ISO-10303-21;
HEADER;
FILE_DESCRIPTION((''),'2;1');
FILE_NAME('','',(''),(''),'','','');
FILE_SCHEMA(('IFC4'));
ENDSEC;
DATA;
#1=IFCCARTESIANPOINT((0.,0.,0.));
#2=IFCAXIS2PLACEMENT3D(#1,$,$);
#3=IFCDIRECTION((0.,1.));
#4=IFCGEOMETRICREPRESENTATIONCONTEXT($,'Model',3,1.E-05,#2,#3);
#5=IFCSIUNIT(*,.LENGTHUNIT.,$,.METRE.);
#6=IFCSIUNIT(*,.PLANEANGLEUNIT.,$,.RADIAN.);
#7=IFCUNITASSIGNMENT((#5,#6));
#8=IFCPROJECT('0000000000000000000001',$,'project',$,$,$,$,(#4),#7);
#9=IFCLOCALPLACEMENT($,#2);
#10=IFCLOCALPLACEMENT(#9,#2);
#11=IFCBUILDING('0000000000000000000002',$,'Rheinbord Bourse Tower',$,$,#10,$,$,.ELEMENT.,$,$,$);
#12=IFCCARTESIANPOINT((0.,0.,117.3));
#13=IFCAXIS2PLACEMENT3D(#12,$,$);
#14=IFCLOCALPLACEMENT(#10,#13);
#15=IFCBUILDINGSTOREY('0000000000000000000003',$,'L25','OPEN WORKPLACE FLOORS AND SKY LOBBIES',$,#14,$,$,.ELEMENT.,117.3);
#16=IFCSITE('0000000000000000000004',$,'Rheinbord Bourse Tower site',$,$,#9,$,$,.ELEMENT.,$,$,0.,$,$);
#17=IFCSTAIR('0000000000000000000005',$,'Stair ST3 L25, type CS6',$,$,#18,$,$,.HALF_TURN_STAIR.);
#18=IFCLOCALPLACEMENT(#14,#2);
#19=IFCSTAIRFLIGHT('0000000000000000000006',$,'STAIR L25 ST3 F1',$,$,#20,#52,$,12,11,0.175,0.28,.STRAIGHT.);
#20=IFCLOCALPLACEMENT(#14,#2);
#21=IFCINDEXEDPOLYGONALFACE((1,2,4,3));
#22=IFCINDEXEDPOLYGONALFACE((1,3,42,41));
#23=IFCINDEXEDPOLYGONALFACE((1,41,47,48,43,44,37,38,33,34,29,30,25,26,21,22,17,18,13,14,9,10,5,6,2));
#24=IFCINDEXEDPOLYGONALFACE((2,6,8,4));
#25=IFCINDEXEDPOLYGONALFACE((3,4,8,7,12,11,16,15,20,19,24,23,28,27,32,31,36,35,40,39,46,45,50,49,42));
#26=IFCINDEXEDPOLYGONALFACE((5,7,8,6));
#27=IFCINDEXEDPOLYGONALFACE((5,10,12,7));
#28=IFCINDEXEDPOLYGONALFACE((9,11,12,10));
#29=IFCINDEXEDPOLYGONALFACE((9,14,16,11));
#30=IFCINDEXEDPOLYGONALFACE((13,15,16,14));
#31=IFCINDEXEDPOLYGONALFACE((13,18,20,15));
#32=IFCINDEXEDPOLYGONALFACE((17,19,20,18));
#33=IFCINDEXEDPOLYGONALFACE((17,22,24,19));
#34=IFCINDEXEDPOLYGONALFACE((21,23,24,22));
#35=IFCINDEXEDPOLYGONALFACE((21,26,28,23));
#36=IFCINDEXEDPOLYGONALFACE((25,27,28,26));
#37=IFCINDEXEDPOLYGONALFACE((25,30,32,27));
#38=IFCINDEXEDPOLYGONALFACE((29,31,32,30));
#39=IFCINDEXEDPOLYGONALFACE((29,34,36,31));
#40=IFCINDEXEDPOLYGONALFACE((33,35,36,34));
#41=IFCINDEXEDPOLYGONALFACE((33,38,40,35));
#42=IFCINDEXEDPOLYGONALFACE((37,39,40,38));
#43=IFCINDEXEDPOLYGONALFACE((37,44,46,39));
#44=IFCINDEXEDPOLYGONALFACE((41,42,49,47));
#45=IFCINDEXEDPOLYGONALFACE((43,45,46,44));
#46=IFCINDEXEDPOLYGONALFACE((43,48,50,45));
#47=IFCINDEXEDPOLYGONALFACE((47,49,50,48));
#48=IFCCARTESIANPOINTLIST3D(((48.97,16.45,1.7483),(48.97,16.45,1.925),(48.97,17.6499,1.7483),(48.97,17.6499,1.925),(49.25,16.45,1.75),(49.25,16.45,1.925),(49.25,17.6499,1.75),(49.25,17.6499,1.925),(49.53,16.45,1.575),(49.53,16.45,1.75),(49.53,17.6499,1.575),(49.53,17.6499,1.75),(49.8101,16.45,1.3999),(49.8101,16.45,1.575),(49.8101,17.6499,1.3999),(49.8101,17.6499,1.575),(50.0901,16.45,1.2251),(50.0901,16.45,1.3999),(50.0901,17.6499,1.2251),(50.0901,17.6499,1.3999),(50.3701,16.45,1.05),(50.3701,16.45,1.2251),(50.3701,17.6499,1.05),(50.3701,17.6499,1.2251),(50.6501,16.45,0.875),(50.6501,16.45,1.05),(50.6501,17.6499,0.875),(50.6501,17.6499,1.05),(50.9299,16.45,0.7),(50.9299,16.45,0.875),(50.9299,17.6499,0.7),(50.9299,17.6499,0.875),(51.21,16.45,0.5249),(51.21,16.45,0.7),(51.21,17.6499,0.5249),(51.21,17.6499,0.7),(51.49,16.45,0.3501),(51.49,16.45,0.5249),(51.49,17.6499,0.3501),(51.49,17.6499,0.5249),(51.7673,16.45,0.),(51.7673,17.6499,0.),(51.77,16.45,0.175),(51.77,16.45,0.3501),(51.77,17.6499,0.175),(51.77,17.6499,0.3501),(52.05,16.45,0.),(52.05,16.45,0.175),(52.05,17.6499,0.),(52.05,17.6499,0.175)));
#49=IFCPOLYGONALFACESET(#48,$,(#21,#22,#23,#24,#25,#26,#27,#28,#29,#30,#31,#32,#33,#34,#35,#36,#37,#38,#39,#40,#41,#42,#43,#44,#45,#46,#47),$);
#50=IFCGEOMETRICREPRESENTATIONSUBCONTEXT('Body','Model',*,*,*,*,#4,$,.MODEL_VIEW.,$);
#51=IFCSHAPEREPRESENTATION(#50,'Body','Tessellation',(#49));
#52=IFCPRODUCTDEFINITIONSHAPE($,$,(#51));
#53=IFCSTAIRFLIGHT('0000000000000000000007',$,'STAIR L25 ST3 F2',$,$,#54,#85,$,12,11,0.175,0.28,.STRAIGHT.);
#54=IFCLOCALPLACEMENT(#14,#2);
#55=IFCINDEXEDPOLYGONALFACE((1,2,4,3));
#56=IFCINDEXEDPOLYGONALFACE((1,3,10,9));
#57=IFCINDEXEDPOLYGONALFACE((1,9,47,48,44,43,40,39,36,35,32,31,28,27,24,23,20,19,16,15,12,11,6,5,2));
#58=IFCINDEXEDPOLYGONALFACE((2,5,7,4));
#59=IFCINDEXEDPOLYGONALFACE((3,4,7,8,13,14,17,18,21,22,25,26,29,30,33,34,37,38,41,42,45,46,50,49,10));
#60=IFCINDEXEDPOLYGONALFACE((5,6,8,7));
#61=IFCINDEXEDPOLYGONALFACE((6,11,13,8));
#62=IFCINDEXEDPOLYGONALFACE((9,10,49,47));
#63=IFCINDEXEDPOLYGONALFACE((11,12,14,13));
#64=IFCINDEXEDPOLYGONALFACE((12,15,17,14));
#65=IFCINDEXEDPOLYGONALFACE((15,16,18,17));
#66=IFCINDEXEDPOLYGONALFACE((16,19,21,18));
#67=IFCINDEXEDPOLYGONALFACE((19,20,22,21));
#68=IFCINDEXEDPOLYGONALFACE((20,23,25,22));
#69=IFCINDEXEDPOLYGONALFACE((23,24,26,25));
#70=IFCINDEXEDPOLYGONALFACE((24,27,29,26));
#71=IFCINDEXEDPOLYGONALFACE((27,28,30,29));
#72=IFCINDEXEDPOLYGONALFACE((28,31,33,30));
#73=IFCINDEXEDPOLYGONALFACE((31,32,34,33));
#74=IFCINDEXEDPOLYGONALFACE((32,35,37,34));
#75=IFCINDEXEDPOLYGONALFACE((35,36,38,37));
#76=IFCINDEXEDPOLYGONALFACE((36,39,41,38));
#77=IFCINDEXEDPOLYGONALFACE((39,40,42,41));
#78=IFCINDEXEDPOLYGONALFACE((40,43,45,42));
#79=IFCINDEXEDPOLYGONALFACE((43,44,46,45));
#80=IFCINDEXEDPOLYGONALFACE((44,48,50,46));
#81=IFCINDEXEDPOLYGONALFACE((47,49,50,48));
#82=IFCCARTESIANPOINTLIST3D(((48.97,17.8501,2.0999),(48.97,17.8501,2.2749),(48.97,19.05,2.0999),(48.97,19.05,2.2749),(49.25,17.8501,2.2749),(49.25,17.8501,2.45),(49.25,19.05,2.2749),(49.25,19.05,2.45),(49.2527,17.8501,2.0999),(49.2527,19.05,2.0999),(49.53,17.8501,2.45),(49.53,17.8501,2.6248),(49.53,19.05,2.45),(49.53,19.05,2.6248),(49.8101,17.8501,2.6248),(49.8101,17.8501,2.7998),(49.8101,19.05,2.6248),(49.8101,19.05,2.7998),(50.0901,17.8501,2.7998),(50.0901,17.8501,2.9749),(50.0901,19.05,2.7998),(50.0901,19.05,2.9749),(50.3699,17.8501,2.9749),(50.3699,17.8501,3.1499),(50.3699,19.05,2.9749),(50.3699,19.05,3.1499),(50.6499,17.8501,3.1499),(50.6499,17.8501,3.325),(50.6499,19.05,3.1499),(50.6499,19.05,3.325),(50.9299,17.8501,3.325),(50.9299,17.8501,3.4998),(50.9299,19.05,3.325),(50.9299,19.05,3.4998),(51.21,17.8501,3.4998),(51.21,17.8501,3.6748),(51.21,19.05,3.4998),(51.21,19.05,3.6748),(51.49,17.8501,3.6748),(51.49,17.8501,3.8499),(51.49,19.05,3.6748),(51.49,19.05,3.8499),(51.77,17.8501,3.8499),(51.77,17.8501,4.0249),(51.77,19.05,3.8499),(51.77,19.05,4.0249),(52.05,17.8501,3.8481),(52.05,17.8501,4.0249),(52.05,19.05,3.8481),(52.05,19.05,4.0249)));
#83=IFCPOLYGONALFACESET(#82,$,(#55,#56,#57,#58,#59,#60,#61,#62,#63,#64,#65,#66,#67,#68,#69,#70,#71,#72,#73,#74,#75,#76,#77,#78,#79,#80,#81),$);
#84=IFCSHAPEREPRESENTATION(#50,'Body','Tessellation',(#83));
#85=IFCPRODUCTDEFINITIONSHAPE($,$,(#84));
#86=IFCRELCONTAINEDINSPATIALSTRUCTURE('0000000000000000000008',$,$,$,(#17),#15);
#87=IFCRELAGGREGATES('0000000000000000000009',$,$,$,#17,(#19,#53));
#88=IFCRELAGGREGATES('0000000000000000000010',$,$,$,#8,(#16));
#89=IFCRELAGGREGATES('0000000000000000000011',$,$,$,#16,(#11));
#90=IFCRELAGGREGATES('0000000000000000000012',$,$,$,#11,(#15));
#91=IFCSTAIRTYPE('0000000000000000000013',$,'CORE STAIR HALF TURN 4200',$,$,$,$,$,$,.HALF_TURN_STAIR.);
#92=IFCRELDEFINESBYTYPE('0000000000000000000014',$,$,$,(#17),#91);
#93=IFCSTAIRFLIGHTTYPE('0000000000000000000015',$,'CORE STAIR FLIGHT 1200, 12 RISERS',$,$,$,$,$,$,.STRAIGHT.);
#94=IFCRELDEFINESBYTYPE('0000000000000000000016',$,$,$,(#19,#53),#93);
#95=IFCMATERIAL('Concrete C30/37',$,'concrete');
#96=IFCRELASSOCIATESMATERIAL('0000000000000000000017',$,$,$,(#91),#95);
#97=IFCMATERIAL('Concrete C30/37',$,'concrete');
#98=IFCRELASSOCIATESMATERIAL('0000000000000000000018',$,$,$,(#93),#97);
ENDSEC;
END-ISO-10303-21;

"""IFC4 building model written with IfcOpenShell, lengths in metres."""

from ifc_helpers import new_model, si_unit, direction, frame, origin, place, context, subcontext, project, spatial, polyline, outline, extrude, material, type_object, element, aggregate, save


model = new_model("IFC4")

# Units and contexts
model_context = context("Model", 3, precision=1e-05, world=origin(), true_north=direction((0.0, 1.0)))
body_context = subcontext(model_context, "Body", "Model", "MODEL_VIEW")
ifc_project = project(units=[si_unit("LENGTHUNIT", "METRE"), si_unit("PLANEANGLEUNIT", "RADIAN")], contexts=[model_context])

# Site, building, storey
site_placement = place(None, origin())
site = spatial("IfcSite", under=ifc_project, at=site_placement, Name="Rheinbord Bourse Tower site", CompositionType="ELEMENT", RefElevation=0.0)
building_placement = place(site_placement, origin())
building = spatial("IfcBuilding", under=site, at=building_placement, Name="Rheinbord Bourse Tower", CompositionType="ELEMENT")
storey_placement = place(building_placement, frame((0.0, 0.0, 117.3)))
storey = spatial("IfcBuildingStorey", under=building, at=storey_placement, Name="L25", Description="OPEN WORKPLACE FLOORS AND SKY LOBBIES", CompositionType="ELEMENT", Elevation=117.3)

# Stair, stair flights
ifc_material_1 = material(Name="Concrete C30/37", Category="concrete")
stair_type = type_object("IfcStairType", Name="CORE STAIR HALF TURN 4200", PredefinedType="HALF_TURN_STAIR", material=ifc_material_1)
stair_placement = place(storey_placement, origin())
stair = element("IfcStair", 1, at=stair_placement, inside=storey, type_object=stair_type, Name="Stair ST3 L25, type CS6", PredefinedType="HALF_TURN_STAIR")
ifc_material_2 = material(Name="Concrete C30/37", Category="concrete")
stair_flight_type = type_object("IfcStairFlightType", Name="CORE STAIR FLIGHT 1200, 12 RISERS", PredefinedType="STRAIGHT", material=ifc_material_2)
stair_flight_1_placement = place(storey_placement, frame((52.05, 17.05, 0.0), z_axis=(0.0, 0.0, 1.0), x_axis=(-1.0, 0.0, 0.0)))
stair_flight_1 = element("IfcStairFlight", 2, at=stair_flight_1_placement, type_object=stair_flight_type, Name="STAIR L25 ST3 F1", NumberOfRisers=12, NumberOfTreads=11, PredefinedType="STRAIGHT", RiserHeight=0.175, TreadLength=0.28, context=body_context, shape_type="SweptSolid", body=[
    extrude(outline(polyline([(0.0, 0.0), (0.0, 0.175), (0.28, 0.175), (0.28, 0.3501), (0.5601, 0.3501), (0.5601, 0.5249), (0.8401, 0.5249), (0.8401, 0.7), (1.1201, 0.7), (1.1201, 0.875), (1.3999, 0.875), (1.3999, 1.05), (1.6799, 1.05), (1.6799, 1.2251), (1.96, 1.2251), (1.96, 1.3999), (2.24, 1.3999), (2.24, 1.575), (2.52, 1.575), (2.52, 1.75), (2.8, 1.75), (2.8, 1.925), (3.0801, 1.925), (3.0801, 2.1001), (3.0801, 1.7483), (0.2827, 0.0), (0.0, 0.0)])), frame((0.0, 0.6001, 0.0), z_axis=(0.0, -1.0, 0.0), x_axis=(1.0, 0.0, 0.0)), (0.0, 0.0, 1.0), 1.2),
])
stair_flight_2_placement = place(storey_placement, frame((48.97, 18.45, 2.0999), z_axis=(0.0, 0.0, 1.0), x_axis=(1.0, 0.0, 0.0)))
stair_flight_2 = element("IfcStairFlight", 3, at=stair_flight_2_placement, type_object=stair_flight_type, Name="STAIR L25 ST3 F2", NumberOfRisers=12, NumberOfTreads=11, PredefinedType="STRAIGHT", RiserHeight=0.175, TreadLength=0.28, context=body_context, shape_type="SweptSolid", body=[
    extrude(outline(polyline([(0.0, 0.0), (0.0, 0.175), (0.28, 0.175), (0.28, 0.3501), (0.5601, 0.3501), (0.5601, 0.5249), (0.8401, 0.5249), (0.8401, 0.7), (1.1201, 0.7), (1.1201, 0.875), (1.3999, 0.875), (1.3999, 1.05), (1.6799, 1.05), (1.6799, 1.2251), (1.96, 1.2251), (1.96, 1.3999), (2.24, 1.3999), (2.24, 1.575), (2.52, 1.575), (2.52, 1.75), (2.8, 1.75), (2.8, 1.925), (3.0801, 1.925), (3.0801, 2.1001), (3.0801, 1.7483), (0.2827, 0.0), (0.0, 0.0)])), frame((0.0, 0.6001, 0.0), z_axis=(0.0, -1.0, 0.0), x_axis=(1.0, 0.0, 0.0)), (0.0, 0.0, 1.0), 1.2),
])
aggregate(stair, [stair_flight_1, stair_flight_2])

save(model, "model.ifc")
